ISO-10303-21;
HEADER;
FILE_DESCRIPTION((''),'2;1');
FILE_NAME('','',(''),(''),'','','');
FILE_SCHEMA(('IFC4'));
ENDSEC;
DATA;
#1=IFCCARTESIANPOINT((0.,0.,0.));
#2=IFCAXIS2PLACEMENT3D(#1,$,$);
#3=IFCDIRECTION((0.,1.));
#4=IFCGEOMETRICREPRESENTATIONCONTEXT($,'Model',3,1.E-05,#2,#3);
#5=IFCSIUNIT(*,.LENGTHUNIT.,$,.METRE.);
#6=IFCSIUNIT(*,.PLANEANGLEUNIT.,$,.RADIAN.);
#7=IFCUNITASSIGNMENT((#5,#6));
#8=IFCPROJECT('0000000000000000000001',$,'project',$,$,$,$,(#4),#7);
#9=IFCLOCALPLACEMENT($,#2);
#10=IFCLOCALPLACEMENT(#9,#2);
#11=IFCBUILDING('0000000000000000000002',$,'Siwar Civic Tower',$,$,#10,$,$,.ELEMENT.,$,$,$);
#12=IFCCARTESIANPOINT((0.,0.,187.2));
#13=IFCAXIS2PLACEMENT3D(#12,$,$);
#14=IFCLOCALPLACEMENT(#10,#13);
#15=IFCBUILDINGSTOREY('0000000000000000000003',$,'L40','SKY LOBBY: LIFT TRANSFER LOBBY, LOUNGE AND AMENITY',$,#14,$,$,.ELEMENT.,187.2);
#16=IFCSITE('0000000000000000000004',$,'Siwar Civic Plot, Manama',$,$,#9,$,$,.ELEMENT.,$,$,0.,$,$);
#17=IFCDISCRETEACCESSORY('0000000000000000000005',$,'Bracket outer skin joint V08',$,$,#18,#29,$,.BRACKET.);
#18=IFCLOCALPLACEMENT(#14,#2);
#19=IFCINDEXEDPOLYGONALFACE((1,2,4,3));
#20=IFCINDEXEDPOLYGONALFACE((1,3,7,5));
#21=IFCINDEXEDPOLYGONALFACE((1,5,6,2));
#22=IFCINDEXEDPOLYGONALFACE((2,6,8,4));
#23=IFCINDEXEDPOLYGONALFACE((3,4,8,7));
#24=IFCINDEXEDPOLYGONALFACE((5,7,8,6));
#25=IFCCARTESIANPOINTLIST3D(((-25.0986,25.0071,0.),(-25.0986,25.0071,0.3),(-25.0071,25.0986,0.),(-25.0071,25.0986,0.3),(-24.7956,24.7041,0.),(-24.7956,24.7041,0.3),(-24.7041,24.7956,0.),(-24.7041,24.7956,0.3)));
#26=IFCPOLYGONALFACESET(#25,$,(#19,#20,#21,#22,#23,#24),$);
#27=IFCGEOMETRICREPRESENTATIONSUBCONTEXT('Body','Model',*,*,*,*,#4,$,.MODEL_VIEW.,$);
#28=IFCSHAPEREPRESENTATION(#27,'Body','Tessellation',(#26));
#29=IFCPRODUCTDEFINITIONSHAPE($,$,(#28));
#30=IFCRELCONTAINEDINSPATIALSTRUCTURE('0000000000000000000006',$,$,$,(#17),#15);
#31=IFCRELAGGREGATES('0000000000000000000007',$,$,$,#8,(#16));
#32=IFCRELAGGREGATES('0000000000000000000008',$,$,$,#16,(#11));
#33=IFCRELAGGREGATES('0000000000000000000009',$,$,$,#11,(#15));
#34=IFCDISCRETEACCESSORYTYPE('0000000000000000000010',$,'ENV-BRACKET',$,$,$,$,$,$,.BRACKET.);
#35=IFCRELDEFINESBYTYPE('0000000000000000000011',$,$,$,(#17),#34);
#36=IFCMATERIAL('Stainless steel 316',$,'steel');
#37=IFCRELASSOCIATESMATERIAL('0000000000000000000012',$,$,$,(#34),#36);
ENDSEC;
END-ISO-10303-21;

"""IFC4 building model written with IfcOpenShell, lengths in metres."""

from ifc_helpers import new_model, si_unit, direction, frame, origin, origin_2d, place, context, subcontext, project, spatial, rectangle, extrude, material, type_object, element, save


model = new_model("IFC4")

# Units and contexts
model_context = context("Model", 3, precision=1e-05, world=origin(), true_north=direction((0.0, 1.0)))
body_context = subcontext(model_context, "Body", "Model", "MODEL_VIEW")
ifc_project = project(units=[si_unit("LENGTHUNIT", "METRE"), si_unit("PLANEANGLEUNIT", "RADIAN")], contexts=[model_context])

# Site, building, storey
site_placement = place(None, origin())
site = spatial("IfcSite", under=ifc_project, at=site_placement, Name="Siwar Civic Plot, Manama", CompositionType="ELEMENT", RefElevation=0.0)
building_placement = place(site_placement, origin())
building = spatial("IfcBuilding", under=site, at=building_placement, Name="Siwar Civic Tower", CompositionType="ELEMENT")
storey_placement = place(building_placement, frame((0.0, 0.0, 187.2)))
storey = spatial("IfcBuildingStorey", under=building, at=storey_placement, Name="L40", Description="SKY LOBBY: LIFT TRANSFER LOBBY, LOUNGE AND AMENITY", CompositionType="ELEMENT", Elevation=187.2)

# Discrete accessory
ifc_material_1 = material(Name="Stainless steel 316", Category="steel")
discrete_accessory_type = type_object("IfcDiscreteAccessoryType", Name="ENV-BRACKET", PredefinedType="BRACKET", material=ifc_material_1)
discrete_accessory_1_placement = place(storey_placement, frame((-24.9014, 24.9014, 0.0), z_axis=(0.0, 0.0, 1.0), x_axis=(-0.707107, 0.707107, 0.0)))
element("IfcDiscreteAccessory", 1, at=discrete_accessory_1_placement, inside=storey, type_object=discrete_accessory_type, Name="Bracket outer skin joint V08", PredefinedType="BRACKET", context=body_context, shape_type="SweptSolid", body=[
    extrude(rectangle(XDim=0.4285, YDim=0.1294, at=origin_2d()), origin(), (0.0, 0.0, 1.0), 0.3),
])

save(model, "model.ifc")
